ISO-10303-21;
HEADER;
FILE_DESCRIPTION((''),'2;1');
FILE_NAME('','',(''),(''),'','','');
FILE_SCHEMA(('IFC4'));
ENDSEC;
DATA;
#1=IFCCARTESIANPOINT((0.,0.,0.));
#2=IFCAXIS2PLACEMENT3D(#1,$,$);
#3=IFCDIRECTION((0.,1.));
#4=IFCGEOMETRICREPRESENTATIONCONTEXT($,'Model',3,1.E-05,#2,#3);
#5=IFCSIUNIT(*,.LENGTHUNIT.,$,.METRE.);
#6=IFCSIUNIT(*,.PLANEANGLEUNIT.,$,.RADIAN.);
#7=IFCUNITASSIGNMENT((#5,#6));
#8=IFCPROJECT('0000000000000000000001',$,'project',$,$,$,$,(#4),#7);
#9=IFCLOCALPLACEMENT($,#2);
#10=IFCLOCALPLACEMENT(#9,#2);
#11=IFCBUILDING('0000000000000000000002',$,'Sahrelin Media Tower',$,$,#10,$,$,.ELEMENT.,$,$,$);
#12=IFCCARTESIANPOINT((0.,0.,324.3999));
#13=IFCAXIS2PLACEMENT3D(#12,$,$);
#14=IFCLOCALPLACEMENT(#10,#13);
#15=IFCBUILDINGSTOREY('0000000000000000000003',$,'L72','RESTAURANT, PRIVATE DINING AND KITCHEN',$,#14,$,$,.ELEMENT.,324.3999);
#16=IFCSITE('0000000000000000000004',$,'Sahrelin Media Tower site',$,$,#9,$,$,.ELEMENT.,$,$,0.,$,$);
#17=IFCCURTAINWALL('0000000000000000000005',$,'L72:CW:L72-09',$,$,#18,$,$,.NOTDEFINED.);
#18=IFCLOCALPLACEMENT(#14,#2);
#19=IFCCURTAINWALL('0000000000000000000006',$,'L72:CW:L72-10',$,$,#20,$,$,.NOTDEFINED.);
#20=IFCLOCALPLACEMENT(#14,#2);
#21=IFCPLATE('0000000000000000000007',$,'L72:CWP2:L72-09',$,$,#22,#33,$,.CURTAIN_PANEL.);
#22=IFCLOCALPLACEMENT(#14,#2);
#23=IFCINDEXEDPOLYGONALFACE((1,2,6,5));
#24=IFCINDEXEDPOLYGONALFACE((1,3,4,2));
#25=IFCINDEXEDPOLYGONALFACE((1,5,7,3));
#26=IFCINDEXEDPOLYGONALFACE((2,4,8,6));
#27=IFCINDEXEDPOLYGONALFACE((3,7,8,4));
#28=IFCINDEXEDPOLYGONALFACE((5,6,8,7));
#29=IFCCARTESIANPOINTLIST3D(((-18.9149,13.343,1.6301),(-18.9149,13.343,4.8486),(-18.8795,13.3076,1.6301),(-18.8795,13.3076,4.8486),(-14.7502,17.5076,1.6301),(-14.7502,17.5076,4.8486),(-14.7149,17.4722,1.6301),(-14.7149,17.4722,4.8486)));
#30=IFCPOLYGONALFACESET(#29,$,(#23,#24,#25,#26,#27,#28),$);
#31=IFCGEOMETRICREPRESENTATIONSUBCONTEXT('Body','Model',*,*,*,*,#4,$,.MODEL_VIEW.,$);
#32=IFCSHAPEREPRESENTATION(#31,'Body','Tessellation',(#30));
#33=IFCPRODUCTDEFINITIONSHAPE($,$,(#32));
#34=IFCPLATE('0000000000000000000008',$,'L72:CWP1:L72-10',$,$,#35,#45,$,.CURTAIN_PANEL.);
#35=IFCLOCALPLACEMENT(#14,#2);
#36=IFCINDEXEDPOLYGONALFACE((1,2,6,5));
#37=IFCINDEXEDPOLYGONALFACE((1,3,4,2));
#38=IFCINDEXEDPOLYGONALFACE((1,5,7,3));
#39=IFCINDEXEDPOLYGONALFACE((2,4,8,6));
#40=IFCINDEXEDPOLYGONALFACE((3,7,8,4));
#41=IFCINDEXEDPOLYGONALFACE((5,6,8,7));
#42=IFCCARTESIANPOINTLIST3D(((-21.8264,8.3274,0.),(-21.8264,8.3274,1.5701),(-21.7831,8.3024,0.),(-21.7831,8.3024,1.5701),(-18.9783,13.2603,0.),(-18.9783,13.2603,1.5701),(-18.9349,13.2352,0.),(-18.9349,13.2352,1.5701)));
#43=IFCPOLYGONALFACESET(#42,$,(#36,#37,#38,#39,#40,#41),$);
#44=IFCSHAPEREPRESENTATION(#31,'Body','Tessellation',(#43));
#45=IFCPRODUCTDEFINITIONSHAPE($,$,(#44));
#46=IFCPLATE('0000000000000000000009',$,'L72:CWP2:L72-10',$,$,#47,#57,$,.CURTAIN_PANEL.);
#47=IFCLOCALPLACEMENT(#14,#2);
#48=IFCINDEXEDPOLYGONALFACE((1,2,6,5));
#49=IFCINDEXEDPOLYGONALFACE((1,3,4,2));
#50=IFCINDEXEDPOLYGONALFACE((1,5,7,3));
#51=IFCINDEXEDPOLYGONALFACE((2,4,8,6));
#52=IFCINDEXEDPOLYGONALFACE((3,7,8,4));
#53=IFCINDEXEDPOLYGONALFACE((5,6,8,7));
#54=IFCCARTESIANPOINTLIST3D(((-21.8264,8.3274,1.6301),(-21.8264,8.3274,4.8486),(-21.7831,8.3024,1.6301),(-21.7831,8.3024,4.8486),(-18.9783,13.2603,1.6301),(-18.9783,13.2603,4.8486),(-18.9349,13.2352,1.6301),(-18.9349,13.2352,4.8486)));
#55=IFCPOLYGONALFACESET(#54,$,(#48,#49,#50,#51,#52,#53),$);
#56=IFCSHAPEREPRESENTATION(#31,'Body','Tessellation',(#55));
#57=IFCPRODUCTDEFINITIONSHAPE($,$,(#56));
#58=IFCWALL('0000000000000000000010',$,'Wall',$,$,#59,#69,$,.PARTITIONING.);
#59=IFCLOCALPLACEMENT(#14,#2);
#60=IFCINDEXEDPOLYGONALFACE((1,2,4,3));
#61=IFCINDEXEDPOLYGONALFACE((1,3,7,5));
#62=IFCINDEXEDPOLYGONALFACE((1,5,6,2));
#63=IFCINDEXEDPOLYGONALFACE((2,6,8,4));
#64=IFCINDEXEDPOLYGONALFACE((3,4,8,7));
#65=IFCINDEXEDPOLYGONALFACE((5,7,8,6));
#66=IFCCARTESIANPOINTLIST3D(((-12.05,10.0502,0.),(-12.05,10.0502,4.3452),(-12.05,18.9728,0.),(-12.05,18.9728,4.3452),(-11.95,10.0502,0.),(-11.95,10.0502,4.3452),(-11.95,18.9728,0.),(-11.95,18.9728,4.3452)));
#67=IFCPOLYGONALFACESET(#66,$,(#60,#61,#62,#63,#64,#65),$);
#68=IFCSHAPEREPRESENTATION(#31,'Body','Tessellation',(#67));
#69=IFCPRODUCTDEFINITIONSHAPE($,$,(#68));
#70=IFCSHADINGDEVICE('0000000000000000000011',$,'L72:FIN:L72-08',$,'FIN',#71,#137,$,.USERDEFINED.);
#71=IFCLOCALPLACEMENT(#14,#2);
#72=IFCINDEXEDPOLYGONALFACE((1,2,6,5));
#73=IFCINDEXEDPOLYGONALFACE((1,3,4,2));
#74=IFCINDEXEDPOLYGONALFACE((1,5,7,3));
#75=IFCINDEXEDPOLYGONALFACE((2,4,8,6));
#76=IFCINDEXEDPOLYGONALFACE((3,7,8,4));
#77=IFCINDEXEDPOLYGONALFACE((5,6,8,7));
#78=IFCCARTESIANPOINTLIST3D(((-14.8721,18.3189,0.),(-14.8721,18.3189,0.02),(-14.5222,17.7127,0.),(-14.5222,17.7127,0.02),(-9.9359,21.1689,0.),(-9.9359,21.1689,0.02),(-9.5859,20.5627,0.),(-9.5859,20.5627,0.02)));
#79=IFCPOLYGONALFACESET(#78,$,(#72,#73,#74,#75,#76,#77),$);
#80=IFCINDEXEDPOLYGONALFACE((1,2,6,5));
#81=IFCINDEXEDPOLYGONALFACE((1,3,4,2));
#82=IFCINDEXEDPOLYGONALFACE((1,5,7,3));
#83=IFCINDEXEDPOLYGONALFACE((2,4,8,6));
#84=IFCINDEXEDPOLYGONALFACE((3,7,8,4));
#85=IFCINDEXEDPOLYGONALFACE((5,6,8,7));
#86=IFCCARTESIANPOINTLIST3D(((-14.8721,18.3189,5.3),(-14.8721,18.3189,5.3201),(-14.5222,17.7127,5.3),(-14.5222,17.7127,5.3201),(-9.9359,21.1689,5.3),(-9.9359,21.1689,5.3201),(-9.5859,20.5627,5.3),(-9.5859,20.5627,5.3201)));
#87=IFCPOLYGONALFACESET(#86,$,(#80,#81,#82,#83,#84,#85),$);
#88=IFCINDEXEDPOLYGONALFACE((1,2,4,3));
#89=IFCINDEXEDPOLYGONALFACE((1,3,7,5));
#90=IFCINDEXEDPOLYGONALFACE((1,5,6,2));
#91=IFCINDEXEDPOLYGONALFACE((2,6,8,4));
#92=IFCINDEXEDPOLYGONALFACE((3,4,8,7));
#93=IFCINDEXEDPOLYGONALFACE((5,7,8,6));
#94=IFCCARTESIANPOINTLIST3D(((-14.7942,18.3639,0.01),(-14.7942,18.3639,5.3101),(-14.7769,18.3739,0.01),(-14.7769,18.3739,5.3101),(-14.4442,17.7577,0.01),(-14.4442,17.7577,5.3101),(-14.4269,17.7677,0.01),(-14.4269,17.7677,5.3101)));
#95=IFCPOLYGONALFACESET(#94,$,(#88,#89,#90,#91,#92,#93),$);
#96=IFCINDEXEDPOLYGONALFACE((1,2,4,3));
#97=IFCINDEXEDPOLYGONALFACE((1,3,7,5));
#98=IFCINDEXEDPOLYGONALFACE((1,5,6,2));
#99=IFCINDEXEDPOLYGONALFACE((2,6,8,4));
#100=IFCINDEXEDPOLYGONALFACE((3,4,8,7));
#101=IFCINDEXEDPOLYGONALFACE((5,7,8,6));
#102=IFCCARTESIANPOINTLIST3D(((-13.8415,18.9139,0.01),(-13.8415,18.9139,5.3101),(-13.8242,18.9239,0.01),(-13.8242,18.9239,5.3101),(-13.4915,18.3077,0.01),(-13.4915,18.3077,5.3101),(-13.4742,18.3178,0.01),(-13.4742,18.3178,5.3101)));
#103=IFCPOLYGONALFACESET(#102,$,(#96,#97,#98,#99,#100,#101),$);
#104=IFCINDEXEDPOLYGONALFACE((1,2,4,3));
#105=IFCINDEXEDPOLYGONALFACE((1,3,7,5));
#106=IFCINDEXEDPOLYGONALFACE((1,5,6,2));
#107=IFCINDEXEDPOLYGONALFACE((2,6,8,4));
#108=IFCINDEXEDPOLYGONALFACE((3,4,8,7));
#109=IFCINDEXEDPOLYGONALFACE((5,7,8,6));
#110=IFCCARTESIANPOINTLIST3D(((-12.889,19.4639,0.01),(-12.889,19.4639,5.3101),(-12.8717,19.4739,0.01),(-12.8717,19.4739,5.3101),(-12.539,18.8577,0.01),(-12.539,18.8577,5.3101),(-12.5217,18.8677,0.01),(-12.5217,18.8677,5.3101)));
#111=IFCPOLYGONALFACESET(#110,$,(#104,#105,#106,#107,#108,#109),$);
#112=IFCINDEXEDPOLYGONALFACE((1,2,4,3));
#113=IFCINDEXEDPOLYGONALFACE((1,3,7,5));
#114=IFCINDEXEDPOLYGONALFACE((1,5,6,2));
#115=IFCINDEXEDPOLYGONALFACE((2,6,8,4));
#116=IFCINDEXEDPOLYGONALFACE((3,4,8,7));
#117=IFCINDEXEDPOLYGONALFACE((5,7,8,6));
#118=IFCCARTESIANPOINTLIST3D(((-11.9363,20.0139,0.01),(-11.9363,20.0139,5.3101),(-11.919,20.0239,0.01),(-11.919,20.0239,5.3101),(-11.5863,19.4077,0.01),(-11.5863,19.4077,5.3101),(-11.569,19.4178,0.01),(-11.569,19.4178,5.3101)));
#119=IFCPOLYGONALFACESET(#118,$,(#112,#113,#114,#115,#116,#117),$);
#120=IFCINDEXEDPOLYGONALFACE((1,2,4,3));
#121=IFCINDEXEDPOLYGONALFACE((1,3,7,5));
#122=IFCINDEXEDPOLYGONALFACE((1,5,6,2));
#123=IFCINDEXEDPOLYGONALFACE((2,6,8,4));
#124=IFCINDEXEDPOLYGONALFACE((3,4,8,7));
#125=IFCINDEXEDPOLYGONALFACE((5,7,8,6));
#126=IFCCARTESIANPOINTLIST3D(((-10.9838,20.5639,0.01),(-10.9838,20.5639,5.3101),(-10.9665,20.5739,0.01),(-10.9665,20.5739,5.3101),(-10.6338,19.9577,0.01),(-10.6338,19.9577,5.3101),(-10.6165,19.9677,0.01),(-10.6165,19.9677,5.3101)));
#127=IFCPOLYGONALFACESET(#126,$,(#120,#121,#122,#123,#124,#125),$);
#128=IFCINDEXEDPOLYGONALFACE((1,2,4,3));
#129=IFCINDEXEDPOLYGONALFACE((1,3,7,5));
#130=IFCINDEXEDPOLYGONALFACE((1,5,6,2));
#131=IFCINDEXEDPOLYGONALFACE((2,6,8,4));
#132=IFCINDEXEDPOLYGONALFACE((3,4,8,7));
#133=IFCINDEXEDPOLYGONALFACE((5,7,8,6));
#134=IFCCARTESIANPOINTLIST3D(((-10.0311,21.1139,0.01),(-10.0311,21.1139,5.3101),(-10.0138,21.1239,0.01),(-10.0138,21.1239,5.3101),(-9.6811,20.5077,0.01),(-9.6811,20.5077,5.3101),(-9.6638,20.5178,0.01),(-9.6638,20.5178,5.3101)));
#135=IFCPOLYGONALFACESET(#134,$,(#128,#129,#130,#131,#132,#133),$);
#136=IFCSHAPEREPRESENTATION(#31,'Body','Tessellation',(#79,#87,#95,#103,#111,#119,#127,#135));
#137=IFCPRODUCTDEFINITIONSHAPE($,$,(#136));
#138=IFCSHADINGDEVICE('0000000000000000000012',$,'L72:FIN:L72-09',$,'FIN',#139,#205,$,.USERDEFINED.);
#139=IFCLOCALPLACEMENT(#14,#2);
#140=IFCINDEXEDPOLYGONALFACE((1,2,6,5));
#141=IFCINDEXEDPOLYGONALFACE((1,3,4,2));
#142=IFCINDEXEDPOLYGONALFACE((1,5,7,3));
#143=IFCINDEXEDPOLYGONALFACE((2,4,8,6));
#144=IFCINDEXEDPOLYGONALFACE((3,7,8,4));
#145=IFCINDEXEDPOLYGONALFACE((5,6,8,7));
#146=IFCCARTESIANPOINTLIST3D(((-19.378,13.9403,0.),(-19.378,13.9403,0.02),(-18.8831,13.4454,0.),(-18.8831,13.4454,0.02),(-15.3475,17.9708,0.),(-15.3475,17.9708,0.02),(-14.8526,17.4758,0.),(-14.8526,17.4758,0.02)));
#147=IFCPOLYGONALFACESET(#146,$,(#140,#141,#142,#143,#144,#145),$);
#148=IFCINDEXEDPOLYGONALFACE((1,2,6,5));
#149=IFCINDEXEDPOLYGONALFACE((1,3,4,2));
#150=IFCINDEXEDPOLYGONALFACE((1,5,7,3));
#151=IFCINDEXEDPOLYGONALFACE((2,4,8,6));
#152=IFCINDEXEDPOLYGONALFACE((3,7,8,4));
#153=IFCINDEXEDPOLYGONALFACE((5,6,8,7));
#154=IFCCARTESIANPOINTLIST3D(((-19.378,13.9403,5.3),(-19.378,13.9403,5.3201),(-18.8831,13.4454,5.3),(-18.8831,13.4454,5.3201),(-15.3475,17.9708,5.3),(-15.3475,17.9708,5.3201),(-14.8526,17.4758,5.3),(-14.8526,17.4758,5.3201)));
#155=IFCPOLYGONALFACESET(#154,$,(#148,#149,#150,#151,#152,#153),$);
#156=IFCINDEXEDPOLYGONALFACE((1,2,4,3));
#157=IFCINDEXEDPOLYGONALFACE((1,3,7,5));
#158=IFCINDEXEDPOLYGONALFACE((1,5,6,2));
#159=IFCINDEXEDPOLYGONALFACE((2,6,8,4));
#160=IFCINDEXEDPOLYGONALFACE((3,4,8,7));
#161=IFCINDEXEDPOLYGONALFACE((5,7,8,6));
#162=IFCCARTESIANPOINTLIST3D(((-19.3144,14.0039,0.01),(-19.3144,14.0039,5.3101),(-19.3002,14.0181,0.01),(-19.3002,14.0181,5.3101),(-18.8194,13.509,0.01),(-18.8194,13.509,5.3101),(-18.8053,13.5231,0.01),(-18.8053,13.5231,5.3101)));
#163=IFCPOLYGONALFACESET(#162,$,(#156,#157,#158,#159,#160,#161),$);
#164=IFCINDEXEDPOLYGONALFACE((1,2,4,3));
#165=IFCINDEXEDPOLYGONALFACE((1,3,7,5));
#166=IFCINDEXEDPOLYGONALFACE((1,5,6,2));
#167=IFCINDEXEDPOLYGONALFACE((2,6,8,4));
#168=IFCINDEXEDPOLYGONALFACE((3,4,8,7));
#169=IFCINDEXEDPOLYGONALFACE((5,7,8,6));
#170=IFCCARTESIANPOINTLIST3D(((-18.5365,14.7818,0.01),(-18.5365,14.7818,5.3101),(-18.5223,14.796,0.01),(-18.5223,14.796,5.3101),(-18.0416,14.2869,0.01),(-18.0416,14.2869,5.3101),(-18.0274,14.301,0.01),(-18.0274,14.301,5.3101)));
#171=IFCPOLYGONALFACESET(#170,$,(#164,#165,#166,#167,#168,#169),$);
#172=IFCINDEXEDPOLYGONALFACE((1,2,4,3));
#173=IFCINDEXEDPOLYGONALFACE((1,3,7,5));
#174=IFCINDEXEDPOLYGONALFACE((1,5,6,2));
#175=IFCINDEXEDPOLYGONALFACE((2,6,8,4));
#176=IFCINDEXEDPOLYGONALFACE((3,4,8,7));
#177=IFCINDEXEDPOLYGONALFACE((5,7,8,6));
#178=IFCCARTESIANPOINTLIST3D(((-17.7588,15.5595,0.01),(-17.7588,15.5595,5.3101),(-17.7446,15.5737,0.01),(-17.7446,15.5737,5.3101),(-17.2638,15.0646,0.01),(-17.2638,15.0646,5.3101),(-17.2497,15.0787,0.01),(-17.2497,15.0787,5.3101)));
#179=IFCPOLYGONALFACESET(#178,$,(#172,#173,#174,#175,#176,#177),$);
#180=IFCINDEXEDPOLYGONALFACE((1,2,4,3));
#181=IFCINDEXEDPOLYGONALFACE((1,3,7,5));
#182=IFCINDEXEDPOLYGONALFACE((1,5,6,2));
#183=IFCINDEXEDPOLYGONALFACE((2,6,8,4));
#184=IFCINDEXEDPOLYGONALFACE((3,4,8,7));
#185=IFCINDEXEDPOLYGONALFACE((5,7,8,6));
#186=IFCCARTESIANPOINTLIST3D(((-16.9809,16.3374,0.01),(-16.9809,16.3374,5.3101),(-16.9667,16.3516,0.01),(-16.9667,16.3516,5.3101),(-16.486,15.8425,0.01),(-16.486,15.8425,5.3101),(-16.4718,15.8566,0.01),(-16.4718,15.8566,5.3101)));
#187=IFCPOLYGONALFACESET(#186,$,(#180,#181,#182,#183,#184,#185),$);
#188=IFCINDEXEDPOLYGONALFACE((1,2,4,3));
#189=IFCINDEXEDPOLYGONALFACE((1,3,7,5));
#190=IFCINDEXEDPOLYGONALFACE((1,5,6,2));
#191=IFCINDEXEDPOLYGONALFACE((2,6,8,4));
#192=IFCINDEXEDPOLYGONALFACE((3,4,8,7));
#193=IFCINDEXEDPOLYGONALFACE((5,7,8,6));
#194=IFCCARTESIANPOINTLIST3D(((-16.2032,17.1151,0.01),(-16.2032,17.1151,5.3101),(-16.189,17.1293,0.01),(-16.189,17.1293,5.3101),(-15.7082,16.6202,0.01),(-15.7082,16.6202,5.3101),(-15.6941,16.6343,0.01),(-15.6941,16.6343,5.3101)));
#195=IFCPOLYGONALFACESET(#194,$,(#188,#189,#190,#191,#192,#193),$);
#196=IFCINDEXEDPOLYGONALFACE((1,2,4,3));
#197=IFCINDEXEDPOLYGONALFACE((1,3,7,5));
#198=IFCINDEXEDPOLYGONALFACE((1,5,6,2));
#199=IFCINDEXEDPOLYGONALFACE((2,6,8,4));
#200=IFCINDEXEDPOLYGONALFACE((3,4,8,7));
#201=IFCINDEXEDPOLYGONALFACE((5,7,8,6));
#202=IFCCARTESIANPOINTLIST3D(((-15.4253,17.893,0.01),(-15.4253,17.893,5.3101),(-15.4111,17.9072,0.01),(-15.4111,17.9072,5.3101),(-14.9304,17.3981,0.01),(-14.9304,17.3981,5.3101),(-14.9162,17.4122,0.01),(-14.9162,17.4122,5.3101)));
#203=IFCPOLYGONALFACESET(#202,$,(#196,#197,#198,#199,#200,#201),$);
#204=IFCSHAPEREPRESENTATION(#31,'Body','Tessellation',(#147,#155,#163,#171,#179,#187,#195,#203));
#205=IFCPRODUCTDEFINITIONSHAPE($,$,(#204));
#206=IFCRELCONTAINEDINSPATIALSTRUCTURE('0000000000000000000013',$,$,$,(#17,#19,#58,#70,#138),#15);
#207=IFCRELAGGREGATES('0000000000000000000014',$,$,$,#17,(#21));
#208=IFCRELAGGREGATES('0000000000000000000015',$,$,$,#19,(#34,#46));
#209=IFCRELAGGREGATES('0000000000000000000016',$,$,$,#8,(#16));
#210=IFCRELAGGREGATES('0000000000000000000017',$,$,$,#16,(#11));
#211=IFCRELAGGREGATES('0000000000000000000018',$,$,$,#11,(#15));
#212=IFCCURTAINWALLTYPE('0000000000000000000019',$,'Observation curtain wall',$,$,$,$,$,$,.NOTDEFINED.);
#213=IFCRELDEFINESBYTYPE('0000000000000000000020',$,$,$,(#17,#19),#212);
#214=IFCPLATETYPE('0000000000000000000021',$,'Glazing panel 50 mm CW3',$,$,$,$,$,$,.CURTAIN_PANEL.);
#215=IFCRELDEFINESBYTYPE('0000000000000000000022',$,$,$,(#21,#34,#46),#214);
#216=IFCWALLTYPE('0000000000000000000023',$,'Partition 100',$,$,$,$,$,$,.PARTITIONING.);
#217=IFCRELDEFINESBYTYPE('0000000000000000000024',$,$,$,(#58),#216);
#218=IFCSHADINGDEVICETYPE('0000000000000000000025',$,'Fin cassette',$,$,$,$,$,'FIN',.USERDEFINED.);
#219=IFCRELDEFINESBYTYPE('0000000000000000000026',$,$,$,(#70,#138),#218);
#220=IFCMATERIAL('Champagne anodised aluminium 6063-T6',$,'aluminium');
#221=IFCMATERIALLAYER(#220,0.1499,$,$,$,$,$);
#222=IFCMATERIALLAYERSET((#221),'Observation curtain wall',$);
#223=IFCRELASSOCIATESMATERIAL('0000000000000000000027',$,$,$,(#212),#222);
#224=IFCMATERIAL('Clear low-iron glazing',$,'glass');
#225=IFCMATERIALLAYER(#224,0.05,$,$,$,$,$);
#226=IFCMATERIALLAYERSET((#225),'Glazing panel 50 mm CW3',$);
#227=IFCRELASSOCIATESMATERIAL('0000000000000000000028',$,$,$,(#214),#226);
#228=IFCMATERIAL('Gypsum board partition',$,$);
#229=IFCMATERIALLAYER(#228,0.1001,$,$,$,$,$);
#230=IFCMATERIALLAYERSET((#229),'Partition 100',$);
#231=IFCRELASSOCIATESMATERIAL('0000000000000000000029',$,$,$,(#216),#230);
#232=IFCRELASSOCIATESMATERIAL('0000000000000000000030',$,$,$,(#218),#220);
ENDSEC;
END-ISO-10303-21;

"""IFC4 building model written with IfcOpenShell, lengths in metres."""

from ifc_helpers import new_model, si_unit, direction, frame, frame_2d, origin, origin_2d, place, context, subcontext, project, spatial, polyline, rectangle, outline, extrude, material, layer, layer_set, type_object, element, aggregate, save


model = new_model("IFC4")

# Units and contexts
model_context = context("Model", 3, precision=1e-05, world=origin(), true_north=direction((0.0, 1.0)))
body_context = subcontext(model_context, "Body", "Model", "MODEL_VIEW")
ifc_project = project(units=[si_unit("LENGTHUNIT", "METRE"), si_unit("PLANEANGLEUNIT", "RADIAN")], contexts=[model_context])

# Site, building, storey
site_placement = place(None, origin())
site = spatial("IfcSite", under=ifc_project, at=site_placement, Name="Sahrelin Media Tower site", CompositionType="ELEMENT", RefElevation=0.0)
building_placement = place(site_placement, origin())
building = spatial("IfcBuilding", under=site, at=building_placement, Name="Sahrelin Media Tower", CompositionType="ELEMENT")
storey_placement = place(building_placement, frame((0.0, 0.0, 324.3999)))
storey = spatial("IfcBuildingStorey", under=building, at=storey_placement, Name="L72", Description="RESTAURANT, PRIVATE DINING AND KITCHEN", CompositionType="ELEMENT", Elevation=324.3999)

# Curtain walls
ifc_material_1 = material(Name="Champagne anodised aluminium 6063-T6", Category="aluminium")
ifc_layer_1 = layer(ifc_material_1, 0.1499)
ifc_layer_set_1 = layer_set([ifc_layer_1], Name="Observation curtain wall")
curtain_wall_type = type_object("IfcCurtainWallType", Name="Observation curtain wall", PredefinedType="NOTDEFINED", material=ifc_layer_set_1)
curtain_wall_1_placement = place(storey_placement, frame((-16.8184, 15.4111, 0.0), z_axis=(0.0, 0.0, 1.0), x_axis=(1.0, 0.0, 0.0)))
curtain_wall_1 = element("IfcCurtainWall", 1, at=curtain_wall_1_placement, inside=storey, type_object=curtain_wall_type, Name="L72:CW:L72-09", PredefinedType="NOTDEFINED")
curtain_wall_2_placement = place(storey_placement, frame((-20.385, 10.7837, 0.0), z_axis=(0.0, 0.0, 1.0), x_axis=(1.0, 0.0, 0.0)))
curtain_wall_2 = element("IfcCurtainWall", 2, at=curtain_wall_2_placement, inside=storey, type_object=curtain_wall_type, Name="L72:CW:L72-10", PredefinedType="NOTDEFINED")

# Plates
ifc_material_2 = material(Name="Clear low-iron glazing", Category="glass")
ifc_layer_2 = layer(ifc_material_2, 0.05)
ifc_layer_set_2 = layer_set([ifc_layer_2], Name="Glazing panel 50 mm CW3")
plate_type = type_object("IfcPlateType", Name="Glazing panel 50 mm CW3", PredefinedType="CURTAIN_PANEL", material=ifc_layer_set_2)
plate_1_placement = place(storey_placement, frame((-14.7502, 17.5076, 1.6301), z_axis=(-0.707107, 0.707107, 0.0), x_axis=(-0.707107, -0.707107, 0.0)))
plate_1 = element("IfcPlate", 3, at=plate_1_placement, type_object=plate_type, Name="L72:CWP2:L72-09", PredefinedType="CURTAIN_PANEL", context=body_context, shape_type="SweptSolid", body=[
    extrude(outline(polyline([(0.0, 0.0), (5.8896, 0.0), (5.8896, 3.2185), (0.0, 3.2185), (0.0, 0.0)])), origin(), (0.0, 0.0, -1.0), 0.05),
])
aggregate(curtain_wall_1, [plate_1])
plate_2_placement = place(storey_placement, frame((-18.9783, 13.2603, 0.0), z_axis=(-0.866014, 0.500021, 0.0), x_axis=(-0.500021, -0.866014, 0.0)))
plate_2 = element("IfcPlate", 4, at=plate_2_placement, type_object=plate_type, Name="L72:CWP1:L72-10", PredefinedType="CURTAIN_PANEL", context=body_context, shape_type="SweptSolid", body=[
    extrude(outline(polyline([(0.0, 0.0), (5.696, 0.0), (5.696, 1.5701), (0.0, 1.5701), (0.0, 0.0)])), origin(), (0.0, 0.0, -1.0), 0.05),
])
plate_3_placement = place(storey_placement, frame((-18.9783, 13.2603, 1.6301), z_axis=(-0.866014, 0.500021, 0.0), x_axis=(-0.500021, -0.866014, 0.0)))
plate_3 = element("IfcPlate", 5, at=plate_3_placement, type_object=plate_type, Name="L72:CWP2:L72-10", PredefinedType="CURTAIN_PANEL", context=body_context, shape_type="SweptSolid", body=[
    extrude(outline(polyline([(0.0, 0.0), (5.696, 0.0), (5.696, 3.2185), (0.0, 3.2185), (0.0, 0.0)])), origin(), (0.0, 0.0, -1.0), 0.05),
])
aggregate(curtain_wall_2, [plate_2, plate_3])

# Wall
ifc_material_3 = material(Name="Gypsum board partition")
ifc_layer_3 = layer(ifc_material_3, 0.1001)
ifc_layer_set_3 = layer_set([ifc_layer_3], Name="Partition 100")
wall_type = type_object("IfcWallType", Name="Partition 100", PredefinedType="PARTITIONING", material=ifc_layer_set_3)
wall_placement = place(storey_placement, frame((-12.0, 10.05, 0.0), z_axis=(0.0, 0.0, 1.0), x_axis=(0.0, 1.0, 0.0)))
element("IfcWall", 6, at=wall_placement, inside=storey, type_object=wall_type, Name="Wall", PredefinedType="PARTITIONING", context=body_context, shape_type="SweptSolid", body=[
    extrude(rectangle(XDim=8.9226, YDim=0.1001, at=frame_2d((4.4614, 0.0))), origin(), (0.0, 0.0, 1.0), 4.3452),
])

# Shading devices
shading_device_type_1 = type_object("IfcShadingDeviceType", Name="Fin cassette", ElementType="FIN", PredefinedType="USERDEFINED", material=ifc_material_1)
placement_1 = place(storey_placement, frame((-12.019, 19.0771, 0.0), z_axis=(0.0, 0.0, 1.0), x_axis=(0.866019, 0.500011, 0.0)))
element("IfcShadingDevice", 7, at=placement_1, inside=storey, type_object=shading_device_type_1, Name="L72:FIN:L72-08", ObjectType="FIN", PredefinedType="USERDEFINED", context=body_context, shape_type="SweptSolid", body=[
    extrude(rectangle(XDim=5.7, YDim=0.7, at=origin_2d()), frame((0.0, 0.4199, 0.0)), (0.0, 0.0, 1.0), 0.02),
    extrude(rectangle(XDim=5.7, YDim=0.7, at=origin_2d()), frame((0.0, 0.4199, 5.3)), (0.0, 0.0, 1.0), 0.02),
    extrude(rectangle(XDim=0.02, YDim=0.7, at=origin_2d()), frame((-2.75, 0.4199, 0.01), z_axis=(0.0, 0.0, 1.0), x_axis=(1.0, 0.0, 0.0)), (0.0, 0.0, 1.0), 5.3),
    extrude(rectangle(XDim=0.02, YDim=0.7, at=origin_2d()), frame((-1.6499, 0.4199, 0.01), z_axis=(0.0, 0.0, 1.0), x_axis=(1.0, 0.0, 0.0)), (0.0, 0.0, 1.0), 5.3),
    extrude(rectangle(XDim=0.02, YDim=0.7, at=origin_2d()), frame((-0.55, 0.4199, 0.01), z_axis=(0.0, 0.0, 1.0), x_axis=(1.0, 0.0, 0.0)), (0.0, 0.0, 1.0), 5.3),
    extrude(rectangle(XDim=0.02, YDim=0.7, at=origin_2d()), frame((0.55, 0.4199, 0.01), z_axis=(0.0, 0.0, 1.0), x_axis=(1.0, 0.0, 0.0)), (0.0, 0.0, 1.0), 5.3),
    extrude(rectangle(XDim=0.02, YDim=0.7, at=origin_2d()), frame((1.6499, 0.4199, 0.01), z_axis=(0.0, 0.0, 1.0), x_axis=(1.0, 0.0, 0.0)), (0.0, 0.0, 1.0), 5.3),
    extrude(rectangle(XDim=0.02, YDim=0.7, at=origin_2d()), frame((2.75, 0.4199, 0.01), z_axis=(0.0, 0.0, 1.0), x_axis=(1.0, 0.0, 0.0)), (0.0, 0.0, 1.0), 5.3),
])
placement_2 = place(storey_placement, frame((-16.8184, 15.4111, 0.0), z_axis=(0.0, 0.0, 1.0), x_axis=(0.707107, 0.707107, 0.0)))
element("IfcShadingDevice", 8, at=placement_2, inside=storey, type_object=shading_device_type_1, Name="L72:FIN:L72-09", ObjectType="FIN", PredefinedType="USERDEFINED", context=body_context, shape_type="SweptSolid", body=[
    extrude(rectangle(XDim=5.7, YDim=0.7, at=origin_2d()), frame((0.0, 0.4199, 0.0)), (0.0, 0.0, 1.0), 0.02),
    extrude(rectangle(XDim=5.7, YDim=0.7, at=origin_2d()), frame((0.0, 0.4199, 5.3)), (0.0, 0.0, 1.0), 0.02),
    extrude(rectangle(XDim=0.02, YDim=0.7, at=origin_2d()), frame((-2.75, 0.4199, 0.01), z_axis=(0.0, 0.0, 1.0), x_axis=(1.0, 0.0, 0.0)), (0.0, 0.0, 1.0), 5.3),
    extrude(rectangle(XDim=0.02, YDim=0.7, at=origin_2d()), frame((-1.6499, 0.4199, 0.01), z_axis=(0.0, 0.0, 1.0), x_axis=(1.0, 0.0, 0.0)), (0.0, 0.0, 1.0), 5.3),
    extrude(rectangle(XDim=0.02, YDim=0.7, at=origin_2d()), frame((-0.55, 0.4199, 0.01), z_axis=(0.0, 0.0, 1.0), x_axis=(1.0, 0.0, 0.0)), (0.0, 0.0, 1.0), 5.3),
    extrude(rectangle(XDim=0.02, YDim=0.7, at=origin_2d()), frame((0.55, 0.4199, 0.01), z_axis=(0.0, 0.0, 1.0), x_axis=(1.0, 0.0, 0.0)), (0.0, 0.0, 1.0), 5.3),
    extrude(rectangle(XDim=0.02, YDim=0.7, at=origin_2d()), frame((1.6499, 0.4199, 0.01), z_axis=(0.0, 0.0, 1.0), x_axis=(1.0, 0.0, 0.0)), (0.0, 0.0, 1.0), 5.3),
    extrude(rectangle(XDim=0.02, YDim=0.7, at=origin_2d()), frame((2.75, 0.4199, 0.01), z_axis=(0.0, 0.0, 1.0), x_axis=(1.0, 0.0, 0.0)), (0.0, 0.0, 1.0), 5.3),
])

save(model, "model.ifc")
